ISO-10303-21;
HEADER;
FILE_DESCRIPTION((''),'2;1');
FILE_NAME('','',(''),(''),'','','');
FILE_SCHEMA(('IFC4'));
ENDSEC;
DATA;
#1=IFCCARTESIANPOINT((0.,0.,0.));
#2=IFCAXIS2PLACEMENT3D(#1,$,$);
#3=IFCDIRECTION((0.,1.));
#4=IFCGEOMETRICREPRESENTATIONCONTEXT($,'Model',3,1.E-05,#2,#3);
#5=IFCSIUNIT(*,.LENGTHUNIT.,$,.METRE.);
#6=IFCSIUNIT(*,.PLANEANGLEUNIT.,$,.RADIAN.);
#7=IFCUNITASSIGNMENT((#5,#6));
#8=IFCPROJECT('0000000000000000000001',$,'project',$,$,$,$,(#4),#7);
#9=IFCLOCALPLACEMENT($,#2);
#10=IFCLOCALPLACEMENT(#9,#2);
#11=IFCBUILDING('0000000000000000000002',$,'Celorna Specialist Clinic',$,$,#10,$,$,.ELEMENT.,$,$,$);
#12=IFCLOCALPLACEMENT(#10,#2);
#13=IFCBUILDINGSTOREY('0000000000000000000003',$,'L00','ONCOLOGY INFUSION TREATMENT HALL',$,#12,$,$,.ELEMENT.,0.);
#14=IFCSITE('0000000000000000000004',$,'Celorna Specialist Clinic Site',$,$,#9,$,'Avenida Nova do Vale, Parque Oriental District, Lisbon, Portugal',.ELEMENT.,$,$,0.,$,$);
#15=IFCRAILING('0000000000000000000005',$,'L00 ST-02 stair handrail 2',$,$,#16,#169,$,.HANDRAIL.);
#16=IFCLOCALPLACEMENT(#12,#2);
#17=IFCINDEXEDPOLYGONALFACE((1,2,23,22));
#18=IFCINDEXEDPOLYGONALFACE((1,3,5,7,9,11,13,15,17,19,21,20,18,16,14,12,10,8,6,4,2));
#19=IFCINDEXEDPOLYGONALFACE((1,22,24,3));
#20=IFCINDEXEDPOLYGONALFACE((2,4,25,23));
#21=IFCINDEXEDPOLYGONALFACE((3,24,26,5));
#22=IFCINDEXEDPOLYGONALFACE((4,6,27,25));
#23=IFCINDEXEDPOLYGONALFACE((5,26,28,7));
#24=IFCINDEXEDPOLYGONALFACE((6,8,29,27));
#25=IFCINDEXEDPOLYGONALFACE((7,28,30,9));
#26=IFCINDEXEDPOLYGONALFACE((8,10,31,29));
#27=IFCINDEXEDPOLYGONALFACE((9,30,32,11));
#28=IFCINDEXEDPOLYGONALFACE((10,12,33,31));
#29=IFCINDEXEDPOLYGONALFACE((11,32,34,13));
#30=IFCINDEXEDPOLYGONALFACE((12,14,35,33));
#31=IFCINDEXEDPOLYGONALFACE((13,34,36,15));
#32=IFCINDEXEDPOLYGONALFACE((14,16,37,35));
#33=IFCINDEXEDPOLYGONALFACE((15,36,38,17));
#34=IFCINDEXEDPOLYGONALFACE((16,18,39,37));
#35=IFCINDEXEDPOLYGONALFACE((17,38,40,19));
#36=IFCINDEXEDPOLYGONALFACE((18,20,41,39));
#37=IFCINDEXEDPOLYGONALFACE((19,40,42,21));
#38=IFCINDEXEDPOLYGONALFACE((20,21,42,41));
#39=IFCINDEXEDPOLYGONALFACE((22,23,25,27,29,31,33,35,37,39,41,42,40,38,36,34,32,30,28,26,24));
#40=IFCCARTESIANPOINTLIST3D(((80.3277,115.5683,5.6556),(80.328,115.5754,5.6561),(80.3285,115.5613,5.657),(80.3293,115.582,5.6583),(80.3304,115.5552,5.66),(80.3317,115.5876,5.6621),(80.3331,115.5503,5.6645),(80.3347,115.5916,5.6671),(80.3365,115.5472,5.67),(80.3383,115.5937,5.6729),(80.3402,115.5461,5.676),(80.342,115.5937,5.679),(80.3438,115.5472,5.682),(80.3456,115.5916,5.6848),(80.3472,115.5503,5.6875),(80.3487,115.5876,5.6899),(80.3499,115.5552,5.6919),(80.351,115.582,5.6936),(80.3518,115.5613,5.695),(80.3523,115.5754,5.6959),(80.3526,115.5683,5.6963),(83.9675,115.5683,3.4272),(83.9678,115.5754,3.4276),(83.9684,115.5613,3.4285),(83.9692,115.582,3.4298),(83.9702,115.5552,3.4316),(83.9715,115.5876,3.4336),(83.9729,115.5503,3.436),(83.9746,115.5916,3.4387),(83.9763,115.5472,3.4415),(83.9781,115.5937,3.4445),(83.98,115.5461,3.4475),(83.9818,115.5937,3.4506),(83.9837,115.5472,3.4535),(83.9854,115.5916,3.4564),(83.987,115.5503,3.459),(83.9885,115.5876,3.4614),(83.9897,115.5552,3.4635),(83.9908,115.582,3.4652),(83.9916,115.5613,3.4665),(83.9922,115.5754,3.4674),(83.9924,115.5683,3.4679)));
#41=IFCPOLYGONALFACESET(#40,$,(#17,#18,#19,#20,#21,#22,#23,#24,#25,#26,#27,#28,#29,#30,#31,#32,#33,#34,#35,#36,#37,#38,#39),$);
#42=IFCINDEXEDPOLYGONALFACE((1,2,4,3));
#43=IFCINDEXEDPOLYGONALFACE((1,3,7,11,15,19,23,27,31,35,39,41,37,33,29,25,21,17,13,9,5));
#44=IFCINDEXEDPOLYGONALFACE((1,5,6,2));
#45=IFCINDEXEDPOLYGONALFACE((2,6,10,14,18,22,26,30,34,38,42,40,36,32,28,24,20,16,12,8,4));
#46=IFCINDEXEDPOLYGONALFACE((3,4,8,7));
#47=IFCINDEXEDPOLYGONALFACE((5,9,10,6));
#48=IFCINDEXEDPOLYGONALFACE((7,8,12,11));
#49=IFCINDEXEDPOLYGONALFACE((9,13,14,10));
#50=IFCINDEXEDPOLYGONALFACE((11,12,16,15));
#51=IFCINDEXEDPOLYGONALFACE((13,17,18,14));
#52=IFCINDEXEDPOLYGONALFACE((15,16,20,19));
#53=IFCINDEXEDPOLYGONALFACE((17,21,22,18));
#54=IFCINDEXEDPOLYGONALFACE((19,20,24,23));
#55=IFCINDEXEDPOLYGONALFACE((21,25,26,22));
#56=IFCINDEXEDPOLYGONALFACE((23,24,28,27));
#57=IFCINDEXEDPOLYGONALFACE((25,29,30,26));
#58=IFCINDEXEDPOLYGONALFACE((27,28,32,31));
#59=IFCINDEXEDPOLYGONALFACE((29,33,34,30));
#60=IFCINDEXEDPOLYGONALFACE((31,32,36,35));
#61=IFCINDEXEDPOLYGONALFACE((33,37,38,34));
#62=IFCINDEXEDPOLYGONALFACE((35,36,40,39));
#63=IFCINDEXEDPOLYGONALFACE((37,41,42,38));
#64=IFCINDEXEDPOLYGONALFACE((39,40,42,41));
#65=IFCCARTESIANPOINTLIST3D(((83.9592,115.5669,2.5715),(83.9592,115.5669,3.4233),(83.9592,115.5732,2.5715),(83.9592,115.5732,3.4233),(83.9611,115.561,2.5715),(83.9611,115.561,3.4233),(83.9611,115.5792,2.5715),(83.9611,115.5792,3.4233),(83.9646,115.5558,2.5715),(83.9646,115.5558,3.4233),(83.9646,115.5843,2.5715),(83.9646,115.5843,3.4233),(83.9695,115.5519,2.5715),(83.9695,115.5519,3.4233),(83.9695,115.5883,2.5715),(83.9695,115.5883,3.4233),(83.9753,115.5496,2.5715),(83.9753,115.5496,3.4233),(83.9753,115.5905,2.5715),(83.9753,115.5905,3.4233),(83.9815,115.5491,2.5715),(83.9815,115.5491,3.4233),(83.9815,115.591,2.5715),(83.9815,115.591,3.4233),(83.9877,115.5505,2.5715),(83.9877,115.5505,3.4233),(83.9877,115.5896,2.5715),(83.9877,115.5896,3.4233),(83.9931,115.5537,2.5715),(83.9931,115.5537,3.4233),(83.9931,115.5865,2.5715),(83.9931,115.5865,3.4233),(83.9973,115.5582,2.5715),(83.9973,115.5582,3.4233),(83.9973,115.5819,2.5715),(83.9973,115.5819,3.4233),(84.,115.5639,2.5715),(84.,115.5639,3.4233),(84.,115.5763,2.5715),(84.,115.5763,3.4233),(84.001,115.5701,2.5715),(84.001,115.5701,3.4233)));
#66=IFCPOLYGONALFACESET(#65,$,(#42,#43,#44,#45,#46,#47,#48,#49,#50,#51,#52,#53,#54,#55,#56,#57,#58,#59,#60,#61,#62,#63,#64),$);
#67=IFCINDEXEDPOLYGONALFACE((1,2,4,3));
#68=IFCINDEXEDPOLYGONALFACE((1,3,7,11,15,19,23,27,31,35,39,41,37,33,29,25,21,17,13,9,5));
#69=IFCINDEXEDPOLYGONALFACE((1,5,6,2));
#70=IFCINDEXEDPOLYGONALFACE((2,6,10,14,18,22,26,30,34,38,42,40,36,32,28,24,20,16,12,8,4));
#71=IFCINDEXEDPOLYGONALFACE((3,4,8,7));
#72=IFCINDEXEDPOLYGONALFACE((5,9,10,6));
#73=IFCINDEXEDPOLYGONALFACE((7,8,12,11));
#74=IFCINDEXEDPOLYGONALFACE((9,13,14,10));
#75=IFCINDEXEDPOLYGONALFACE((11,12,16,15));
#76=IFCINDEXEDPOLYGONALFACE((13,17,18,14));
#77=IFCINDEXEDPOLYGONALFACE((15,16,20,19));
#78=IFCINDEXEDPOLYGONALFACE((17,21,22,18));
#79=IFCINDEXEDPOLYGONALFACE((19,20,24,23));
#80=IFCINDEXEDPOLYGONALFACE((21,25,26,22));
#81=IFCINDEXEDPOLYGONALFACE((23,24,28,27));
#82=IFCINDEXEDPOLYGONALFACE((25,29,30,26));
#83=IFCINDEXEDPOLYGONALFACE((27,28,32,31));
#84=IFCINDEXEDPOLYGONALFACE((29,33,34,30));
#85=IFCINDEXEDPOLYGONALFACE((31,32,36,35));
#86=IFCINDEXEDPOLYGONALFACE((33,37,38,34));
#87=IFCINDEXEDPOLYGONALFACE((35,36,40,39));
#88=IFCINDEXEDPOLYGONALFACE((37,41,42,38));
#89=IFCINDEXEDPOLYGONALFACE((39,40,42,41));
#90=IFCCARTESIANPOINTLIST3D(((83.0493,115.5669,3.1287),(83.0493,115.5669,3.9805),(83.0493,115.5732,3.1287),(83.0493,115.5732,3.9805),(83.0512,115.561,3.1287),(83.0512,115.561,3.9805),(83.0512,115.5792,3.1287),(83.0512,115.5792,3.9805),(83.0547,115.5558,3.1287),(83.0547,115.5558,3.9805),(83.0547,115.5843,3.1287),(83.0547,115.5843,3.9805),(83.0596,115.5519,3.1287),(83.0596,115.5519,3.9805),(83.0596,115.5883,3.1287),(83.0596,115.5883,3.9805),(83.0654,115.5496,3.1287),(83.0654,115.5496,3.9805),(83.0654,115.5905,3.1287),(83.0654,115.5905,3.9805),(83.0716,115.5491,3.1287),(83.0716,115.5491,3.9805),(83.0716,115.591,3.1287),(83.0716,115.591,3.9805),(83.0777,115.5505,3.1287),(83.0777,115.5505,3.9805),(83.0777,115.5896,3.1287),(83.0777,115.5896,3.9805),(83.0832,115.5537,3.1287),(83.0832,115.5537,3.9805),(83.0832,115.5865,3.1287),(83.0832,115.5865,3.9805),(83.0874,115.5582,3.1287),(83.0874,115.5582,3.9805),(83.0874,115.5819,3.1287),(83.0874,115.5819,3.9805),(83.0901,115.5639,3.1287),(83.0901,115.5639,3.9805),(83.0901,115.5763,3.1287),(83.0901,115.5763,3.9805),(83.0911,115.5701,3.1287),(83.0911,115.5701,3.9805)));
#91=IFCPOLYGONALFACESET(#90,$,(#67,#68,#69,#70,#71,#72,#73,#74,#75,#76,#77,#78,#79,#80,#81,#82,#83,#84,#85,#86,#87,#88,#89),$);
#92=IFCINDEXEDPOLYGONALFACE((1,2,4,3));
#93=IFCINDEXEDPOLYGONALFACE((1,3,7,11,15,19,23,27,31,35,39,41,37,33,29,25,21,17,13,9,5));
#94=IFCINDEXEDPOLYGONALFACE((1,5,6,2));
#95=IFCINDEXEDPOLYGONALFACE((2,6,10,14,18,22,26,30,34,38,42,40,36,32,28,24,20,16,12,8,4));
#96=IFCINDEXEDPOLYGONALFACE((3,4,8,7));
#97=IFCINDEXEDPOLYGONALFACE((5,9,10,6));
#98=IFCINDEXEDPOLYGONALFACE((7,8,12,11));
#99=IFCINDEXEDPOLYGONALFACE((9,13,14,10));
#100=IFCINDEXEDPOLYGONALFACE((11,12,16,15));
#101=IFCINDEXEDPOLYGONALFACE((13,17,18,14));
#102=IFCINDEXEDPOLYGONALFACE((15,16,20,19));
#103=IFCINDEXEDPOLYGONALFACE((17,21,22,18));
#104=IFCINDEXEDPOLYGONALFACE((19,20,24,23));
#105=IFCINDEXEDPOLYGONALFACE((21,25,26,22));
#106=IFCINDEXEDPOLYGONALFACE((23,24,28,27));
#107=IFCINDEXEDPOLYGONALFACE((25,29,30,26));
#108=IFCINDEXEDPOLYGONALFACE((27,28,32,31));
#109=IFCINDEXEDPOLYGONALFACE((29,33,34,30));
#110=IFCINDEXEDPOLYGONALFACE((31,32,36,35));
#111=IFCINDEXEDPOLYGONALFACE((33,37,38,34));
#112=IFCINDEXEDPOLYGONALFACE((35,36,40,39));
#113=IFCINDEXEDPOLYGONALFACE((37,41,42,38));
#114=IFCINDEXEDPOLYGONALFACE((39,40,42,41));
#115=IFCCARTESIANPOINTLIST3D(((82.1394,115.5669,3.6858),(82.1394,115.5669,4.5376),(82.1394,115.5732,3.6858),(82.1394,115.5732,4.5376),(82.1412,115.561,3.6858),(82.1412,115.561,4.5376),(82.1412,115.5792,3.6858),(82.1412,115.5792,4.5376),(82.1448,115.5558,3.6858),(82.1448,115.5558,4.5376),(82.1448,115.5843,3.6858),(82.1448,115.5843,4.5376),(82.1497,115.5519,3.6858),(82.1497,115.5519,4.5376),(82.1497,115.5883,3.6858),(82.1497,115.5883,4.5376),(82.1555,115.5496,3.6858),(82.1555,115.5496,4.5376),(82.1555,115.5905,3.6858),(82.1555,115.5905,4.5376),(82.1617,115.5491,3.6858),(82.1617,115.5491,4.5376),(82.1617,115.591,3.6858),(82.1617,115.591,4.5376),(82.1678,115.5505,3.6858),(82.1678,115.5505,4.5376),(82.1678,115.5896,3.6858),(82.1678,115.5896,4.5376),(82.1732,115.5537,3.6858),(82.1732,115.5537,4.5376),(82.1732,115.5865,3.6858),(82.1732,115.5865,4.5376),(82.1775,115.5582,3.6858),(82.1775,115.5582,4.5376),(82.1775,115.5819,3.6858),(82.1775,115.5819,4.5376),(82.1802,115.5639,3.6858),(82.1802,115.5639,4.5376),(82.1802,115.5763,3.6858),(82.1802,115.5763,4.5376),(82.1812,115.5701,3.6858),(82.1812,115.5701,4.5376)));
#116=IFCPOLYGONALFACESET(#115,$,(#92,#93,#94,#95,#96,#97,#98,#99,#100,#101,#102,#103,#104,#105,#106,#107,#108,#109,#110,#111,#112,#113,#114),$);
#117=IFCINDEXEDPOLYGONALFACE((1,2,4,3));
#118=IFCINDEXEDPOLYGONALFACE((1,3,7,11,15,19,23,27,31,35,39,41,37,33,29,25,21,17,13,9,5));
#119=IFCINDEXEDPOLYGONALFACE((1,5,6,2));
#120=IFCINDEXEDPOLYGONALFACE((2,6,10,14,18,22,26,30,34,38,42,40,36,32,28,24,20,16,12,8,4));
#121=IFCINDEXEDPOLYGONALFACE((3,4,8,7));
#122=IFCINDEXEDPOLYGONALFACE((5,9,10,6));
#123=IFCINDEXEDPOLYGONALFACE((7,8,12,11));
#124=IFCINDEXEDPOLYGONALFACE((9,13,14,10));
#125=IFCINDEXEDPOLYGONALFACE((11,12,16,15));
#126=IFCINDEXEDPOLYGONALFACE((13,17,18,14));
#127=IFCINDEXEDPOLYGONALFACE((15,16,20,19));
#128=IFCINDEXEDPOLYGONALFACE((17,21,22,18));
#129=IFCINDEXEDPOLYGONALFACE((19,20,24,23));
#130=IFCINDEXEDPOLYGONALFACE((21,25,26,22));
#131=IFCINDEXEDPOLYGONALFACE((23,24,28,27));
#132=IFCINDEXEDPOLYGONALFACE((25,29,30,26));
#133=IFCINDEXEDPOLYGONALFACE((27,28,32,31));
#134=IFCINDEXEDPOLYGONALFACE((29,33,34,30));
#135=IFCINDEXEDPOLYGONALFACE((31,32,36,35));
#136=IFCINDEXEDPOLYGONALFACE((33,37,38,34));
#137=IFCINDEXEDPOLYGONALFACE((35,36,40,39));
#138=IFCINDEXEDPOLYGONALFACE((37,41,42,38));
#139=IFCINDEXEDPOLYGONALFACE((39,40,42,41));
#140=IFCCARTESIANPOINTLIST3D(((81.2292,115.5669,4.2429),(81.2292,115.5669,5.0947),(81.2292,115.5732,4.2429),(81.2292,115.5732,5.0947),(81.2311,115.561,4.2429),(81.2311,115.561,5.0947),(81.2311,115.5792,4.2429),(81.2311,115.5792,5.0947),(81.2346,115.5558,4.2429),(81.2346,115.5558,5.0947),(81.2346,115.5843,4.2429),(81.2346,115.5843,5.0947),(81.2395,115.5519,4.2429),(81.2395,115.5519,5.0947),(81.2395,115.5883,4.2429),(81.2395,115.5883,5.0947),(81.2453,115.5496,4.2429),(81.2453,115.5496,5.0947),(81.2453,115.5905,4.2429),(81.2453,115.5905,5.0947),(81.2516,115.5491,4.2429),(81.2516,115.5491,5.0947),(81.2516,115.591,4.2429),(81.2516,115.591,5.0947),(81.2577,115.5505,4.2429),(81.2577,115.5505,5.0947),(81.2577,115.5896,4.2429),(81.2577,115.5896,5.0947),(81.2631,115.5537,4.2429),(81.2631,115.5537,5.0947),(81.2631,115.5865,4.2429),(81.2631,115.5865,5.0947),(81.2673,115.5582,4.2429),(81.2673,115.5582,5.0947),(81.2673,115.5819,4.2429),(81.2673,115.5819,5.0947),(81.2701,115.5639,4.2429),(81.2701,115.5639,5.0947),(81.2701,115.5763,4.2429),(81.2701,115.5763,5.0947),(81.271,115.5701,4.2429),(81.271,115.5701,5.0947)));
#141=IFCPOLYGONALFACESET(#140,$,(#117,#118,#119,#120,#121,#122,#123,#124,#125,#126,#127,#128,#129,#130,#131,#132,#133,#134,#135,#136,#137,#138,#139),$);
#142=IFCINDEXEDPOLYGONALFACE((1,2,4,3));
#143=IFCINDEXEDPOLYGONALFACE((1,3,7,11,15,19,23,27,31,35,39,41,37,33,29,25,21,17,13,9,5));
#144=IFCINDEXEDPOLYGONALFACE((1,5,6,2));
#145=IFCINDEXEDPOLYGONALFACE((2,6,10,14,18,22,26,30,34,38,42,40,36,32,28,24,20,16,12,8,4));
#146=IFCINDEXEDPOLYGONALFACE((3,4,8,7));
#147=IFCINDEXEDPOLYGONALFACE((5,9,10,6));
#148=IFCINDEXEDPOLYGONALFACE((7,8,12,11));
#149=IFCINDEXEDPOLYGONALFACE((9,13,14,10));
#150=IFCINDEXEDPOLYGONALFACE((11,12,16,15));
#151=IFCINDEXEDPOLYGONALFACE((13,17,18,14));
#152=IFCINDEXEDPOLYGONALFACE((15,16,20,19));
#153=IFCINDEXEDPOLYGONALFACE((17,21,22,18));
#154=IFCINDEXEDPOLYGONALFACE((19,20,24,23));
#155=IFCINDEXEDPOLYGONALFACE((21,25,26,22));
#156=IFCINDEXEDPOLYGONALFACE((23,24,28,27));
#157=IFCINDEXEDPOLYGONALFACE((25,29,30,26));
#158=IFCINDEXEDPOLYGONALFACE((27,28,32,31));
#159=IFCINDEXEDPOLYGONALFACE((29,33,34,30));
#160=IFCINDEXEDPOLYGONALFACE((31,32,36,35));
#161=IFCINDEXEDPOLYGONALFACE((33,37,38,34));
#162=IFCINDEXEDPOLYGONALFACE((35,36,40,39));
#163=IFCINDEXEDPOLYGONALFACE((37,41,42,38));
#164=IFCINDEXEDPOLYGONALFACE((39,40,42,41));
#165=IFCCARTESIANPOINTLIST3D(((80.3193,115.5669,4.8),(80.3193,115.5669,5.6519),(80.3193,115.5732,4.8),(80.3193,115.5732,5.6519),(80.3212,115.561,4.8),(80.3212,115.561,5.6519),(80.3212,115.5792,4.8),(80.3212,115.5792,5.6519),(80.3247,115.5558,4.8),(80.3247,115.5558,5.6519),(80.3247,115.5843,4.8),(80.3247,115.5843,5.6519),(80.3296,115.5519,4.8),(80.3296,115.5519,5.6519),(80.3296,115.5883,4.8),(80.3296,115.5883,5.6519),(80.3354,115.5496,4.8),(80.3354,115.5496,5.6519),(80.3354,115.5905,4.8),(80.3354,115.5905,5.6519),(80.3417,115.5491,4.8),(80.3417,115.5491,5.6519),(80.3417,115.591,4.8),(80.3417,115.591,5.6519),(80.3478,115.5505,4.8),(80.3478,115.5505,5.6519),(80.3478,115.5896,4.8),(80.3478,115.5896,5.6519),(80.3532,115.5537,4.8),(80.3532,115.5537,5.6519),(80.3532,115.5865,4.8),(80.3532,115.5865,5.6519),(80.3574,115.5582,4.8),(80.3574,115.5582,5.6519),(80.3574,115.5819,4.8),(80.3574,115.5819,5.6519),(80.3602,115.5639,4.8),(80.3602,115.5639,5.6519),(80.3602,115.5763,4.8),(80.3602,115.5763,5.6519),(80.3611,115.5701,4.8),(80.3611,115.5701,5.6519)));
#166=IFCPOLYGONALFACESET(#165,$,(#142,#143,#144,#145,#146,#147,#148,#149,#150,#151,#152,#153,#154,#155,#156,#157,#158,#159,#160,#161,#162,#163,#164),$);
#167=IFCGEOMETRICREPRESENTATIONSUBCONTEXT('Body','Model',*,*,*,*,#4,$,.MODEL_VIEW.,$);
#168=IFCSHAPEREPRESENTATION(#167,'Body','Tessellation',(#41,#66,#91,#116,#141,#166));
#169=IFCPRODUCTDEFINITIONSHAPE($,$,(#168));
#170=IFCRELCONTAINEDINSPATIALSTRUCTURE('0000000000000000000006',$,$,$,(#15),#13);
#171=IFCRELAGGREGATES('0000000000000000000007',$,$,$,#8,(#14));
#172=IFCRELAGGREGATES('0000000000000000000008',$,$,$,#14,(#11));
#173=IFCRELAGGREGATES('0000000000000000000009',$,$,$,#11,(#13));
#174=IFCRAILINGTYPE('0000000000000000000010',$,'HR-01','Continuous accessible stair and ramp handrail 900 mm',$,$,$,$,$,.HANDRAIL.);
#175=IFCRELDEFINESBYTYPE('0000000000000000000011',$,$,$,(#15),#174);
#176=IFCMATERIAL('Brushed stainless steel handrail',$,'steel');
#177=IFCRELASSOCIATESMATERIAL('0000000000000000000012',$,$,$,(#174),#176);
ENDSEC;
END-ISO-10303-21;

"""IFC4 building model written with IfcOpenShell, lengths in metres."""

from ifc_helpers import new_model, si_unit, direction, frame, origin, origin_2d, place, context, subcontext, project, spatial, circle, extrude, material, type_object, element, save


model = new_model("IFC4")

# Units and contexts
model_context = context("Model", 3, precision=1e-05, world=origin(), true_north=direction((0.0, 1.0)))
body_context = subcontext(model_context, "Body", "Model", "MODEL_VIEW")
ifc_project = project(units=[si_unit("LENGTHUNIT", "METRE"), si_unit("PLANEANGLEUNIT", "RADIAN")], contexts=[model_context])

# Site, building, storey
site_placement = place(None, origin())
site = spatial("IfcSite", under=ifc_project, at=site_placement, Name="Celorna Specialist Clinic Site", LongName="Avenida Nova do Vale, Parque Oriental District, Lisbon, Portugal", CompositionType="ELEMENT", RefElevation=0.0)
building_placement = place(site_placement, origin())
building = spatial("IfcBuilding", under=site, at=building_placement, Name="Celorna Specialist Clinic", CompositionType="ELEMENT")
storey_placement = place(building_placement, origin())
storey = spatial("IfcBuildingStorey", under=building, at=storey_placement, Name="L00", Description="ONCOLOGY INFUSION TREATMENT HALL", CompositionType="ELEMENT", Elevation=0.0)

# Railing
ifc_material_1 = material(Name="Brushed stainless steel handrail", Category="steel")
railing_type_1 = type_object("IfcRailingType", Name="HR-01", Description="Continuous accessible stair and ramp handrail 900 mm", PredefinedType="HANDRAIL", material=ifc_material_1)
railing_1_placement = place(storey_placement, frame((83.98, 115.5701, 2.5715)))
element("IfcRailing", 1, at=railing_1_placement, inside=storey, type_object=railing_type_1, Name="L00 ST-02 stair handrail 2", PredefinedType="HANDRAIL", context=body_context, shape_type="SweptSolid", body=[
    extrude(circle(Radius=0.0239, at=origin_2d()), frame((0.0, 0.0, 0.876), z_axis=(-0.85285, 0.0, 0.522156), x_axis=(0.0, -1.0, 0.0)), (0.0, 0.0, 1.0), 4.2678),
    extrude(circle(Radius=0.021, at=origin_2d()), origin(), (0.0, 0.0, 1.0), 0.8518),
    extrude(circle(Radius=0.021, at=origin_2d()), frame((-0.9099, 0.0, 0.5571)), (0.0, 0.0, 1.0), 0.8518),
    extrude(circle(Radius=0.021, at=origin_2d()), frame((-1.8198, 0.0, 1.1143)), (0.0, 0.0, 1.0), 0.8518),
    extrude(circle(Radius=0.021, at=origin_2d()), frame((-2.73, 0.0, 1.6714)), (0.0, 0.0, 1.0), 0.8518),
    extrude(circle(Radius=0.021, at=origin_2d()), frame((-3.6399, 0.0, 2.2285)), (0.0, 0.0, 1.0), 0.8518),
])

save(model, "model.ifc")
